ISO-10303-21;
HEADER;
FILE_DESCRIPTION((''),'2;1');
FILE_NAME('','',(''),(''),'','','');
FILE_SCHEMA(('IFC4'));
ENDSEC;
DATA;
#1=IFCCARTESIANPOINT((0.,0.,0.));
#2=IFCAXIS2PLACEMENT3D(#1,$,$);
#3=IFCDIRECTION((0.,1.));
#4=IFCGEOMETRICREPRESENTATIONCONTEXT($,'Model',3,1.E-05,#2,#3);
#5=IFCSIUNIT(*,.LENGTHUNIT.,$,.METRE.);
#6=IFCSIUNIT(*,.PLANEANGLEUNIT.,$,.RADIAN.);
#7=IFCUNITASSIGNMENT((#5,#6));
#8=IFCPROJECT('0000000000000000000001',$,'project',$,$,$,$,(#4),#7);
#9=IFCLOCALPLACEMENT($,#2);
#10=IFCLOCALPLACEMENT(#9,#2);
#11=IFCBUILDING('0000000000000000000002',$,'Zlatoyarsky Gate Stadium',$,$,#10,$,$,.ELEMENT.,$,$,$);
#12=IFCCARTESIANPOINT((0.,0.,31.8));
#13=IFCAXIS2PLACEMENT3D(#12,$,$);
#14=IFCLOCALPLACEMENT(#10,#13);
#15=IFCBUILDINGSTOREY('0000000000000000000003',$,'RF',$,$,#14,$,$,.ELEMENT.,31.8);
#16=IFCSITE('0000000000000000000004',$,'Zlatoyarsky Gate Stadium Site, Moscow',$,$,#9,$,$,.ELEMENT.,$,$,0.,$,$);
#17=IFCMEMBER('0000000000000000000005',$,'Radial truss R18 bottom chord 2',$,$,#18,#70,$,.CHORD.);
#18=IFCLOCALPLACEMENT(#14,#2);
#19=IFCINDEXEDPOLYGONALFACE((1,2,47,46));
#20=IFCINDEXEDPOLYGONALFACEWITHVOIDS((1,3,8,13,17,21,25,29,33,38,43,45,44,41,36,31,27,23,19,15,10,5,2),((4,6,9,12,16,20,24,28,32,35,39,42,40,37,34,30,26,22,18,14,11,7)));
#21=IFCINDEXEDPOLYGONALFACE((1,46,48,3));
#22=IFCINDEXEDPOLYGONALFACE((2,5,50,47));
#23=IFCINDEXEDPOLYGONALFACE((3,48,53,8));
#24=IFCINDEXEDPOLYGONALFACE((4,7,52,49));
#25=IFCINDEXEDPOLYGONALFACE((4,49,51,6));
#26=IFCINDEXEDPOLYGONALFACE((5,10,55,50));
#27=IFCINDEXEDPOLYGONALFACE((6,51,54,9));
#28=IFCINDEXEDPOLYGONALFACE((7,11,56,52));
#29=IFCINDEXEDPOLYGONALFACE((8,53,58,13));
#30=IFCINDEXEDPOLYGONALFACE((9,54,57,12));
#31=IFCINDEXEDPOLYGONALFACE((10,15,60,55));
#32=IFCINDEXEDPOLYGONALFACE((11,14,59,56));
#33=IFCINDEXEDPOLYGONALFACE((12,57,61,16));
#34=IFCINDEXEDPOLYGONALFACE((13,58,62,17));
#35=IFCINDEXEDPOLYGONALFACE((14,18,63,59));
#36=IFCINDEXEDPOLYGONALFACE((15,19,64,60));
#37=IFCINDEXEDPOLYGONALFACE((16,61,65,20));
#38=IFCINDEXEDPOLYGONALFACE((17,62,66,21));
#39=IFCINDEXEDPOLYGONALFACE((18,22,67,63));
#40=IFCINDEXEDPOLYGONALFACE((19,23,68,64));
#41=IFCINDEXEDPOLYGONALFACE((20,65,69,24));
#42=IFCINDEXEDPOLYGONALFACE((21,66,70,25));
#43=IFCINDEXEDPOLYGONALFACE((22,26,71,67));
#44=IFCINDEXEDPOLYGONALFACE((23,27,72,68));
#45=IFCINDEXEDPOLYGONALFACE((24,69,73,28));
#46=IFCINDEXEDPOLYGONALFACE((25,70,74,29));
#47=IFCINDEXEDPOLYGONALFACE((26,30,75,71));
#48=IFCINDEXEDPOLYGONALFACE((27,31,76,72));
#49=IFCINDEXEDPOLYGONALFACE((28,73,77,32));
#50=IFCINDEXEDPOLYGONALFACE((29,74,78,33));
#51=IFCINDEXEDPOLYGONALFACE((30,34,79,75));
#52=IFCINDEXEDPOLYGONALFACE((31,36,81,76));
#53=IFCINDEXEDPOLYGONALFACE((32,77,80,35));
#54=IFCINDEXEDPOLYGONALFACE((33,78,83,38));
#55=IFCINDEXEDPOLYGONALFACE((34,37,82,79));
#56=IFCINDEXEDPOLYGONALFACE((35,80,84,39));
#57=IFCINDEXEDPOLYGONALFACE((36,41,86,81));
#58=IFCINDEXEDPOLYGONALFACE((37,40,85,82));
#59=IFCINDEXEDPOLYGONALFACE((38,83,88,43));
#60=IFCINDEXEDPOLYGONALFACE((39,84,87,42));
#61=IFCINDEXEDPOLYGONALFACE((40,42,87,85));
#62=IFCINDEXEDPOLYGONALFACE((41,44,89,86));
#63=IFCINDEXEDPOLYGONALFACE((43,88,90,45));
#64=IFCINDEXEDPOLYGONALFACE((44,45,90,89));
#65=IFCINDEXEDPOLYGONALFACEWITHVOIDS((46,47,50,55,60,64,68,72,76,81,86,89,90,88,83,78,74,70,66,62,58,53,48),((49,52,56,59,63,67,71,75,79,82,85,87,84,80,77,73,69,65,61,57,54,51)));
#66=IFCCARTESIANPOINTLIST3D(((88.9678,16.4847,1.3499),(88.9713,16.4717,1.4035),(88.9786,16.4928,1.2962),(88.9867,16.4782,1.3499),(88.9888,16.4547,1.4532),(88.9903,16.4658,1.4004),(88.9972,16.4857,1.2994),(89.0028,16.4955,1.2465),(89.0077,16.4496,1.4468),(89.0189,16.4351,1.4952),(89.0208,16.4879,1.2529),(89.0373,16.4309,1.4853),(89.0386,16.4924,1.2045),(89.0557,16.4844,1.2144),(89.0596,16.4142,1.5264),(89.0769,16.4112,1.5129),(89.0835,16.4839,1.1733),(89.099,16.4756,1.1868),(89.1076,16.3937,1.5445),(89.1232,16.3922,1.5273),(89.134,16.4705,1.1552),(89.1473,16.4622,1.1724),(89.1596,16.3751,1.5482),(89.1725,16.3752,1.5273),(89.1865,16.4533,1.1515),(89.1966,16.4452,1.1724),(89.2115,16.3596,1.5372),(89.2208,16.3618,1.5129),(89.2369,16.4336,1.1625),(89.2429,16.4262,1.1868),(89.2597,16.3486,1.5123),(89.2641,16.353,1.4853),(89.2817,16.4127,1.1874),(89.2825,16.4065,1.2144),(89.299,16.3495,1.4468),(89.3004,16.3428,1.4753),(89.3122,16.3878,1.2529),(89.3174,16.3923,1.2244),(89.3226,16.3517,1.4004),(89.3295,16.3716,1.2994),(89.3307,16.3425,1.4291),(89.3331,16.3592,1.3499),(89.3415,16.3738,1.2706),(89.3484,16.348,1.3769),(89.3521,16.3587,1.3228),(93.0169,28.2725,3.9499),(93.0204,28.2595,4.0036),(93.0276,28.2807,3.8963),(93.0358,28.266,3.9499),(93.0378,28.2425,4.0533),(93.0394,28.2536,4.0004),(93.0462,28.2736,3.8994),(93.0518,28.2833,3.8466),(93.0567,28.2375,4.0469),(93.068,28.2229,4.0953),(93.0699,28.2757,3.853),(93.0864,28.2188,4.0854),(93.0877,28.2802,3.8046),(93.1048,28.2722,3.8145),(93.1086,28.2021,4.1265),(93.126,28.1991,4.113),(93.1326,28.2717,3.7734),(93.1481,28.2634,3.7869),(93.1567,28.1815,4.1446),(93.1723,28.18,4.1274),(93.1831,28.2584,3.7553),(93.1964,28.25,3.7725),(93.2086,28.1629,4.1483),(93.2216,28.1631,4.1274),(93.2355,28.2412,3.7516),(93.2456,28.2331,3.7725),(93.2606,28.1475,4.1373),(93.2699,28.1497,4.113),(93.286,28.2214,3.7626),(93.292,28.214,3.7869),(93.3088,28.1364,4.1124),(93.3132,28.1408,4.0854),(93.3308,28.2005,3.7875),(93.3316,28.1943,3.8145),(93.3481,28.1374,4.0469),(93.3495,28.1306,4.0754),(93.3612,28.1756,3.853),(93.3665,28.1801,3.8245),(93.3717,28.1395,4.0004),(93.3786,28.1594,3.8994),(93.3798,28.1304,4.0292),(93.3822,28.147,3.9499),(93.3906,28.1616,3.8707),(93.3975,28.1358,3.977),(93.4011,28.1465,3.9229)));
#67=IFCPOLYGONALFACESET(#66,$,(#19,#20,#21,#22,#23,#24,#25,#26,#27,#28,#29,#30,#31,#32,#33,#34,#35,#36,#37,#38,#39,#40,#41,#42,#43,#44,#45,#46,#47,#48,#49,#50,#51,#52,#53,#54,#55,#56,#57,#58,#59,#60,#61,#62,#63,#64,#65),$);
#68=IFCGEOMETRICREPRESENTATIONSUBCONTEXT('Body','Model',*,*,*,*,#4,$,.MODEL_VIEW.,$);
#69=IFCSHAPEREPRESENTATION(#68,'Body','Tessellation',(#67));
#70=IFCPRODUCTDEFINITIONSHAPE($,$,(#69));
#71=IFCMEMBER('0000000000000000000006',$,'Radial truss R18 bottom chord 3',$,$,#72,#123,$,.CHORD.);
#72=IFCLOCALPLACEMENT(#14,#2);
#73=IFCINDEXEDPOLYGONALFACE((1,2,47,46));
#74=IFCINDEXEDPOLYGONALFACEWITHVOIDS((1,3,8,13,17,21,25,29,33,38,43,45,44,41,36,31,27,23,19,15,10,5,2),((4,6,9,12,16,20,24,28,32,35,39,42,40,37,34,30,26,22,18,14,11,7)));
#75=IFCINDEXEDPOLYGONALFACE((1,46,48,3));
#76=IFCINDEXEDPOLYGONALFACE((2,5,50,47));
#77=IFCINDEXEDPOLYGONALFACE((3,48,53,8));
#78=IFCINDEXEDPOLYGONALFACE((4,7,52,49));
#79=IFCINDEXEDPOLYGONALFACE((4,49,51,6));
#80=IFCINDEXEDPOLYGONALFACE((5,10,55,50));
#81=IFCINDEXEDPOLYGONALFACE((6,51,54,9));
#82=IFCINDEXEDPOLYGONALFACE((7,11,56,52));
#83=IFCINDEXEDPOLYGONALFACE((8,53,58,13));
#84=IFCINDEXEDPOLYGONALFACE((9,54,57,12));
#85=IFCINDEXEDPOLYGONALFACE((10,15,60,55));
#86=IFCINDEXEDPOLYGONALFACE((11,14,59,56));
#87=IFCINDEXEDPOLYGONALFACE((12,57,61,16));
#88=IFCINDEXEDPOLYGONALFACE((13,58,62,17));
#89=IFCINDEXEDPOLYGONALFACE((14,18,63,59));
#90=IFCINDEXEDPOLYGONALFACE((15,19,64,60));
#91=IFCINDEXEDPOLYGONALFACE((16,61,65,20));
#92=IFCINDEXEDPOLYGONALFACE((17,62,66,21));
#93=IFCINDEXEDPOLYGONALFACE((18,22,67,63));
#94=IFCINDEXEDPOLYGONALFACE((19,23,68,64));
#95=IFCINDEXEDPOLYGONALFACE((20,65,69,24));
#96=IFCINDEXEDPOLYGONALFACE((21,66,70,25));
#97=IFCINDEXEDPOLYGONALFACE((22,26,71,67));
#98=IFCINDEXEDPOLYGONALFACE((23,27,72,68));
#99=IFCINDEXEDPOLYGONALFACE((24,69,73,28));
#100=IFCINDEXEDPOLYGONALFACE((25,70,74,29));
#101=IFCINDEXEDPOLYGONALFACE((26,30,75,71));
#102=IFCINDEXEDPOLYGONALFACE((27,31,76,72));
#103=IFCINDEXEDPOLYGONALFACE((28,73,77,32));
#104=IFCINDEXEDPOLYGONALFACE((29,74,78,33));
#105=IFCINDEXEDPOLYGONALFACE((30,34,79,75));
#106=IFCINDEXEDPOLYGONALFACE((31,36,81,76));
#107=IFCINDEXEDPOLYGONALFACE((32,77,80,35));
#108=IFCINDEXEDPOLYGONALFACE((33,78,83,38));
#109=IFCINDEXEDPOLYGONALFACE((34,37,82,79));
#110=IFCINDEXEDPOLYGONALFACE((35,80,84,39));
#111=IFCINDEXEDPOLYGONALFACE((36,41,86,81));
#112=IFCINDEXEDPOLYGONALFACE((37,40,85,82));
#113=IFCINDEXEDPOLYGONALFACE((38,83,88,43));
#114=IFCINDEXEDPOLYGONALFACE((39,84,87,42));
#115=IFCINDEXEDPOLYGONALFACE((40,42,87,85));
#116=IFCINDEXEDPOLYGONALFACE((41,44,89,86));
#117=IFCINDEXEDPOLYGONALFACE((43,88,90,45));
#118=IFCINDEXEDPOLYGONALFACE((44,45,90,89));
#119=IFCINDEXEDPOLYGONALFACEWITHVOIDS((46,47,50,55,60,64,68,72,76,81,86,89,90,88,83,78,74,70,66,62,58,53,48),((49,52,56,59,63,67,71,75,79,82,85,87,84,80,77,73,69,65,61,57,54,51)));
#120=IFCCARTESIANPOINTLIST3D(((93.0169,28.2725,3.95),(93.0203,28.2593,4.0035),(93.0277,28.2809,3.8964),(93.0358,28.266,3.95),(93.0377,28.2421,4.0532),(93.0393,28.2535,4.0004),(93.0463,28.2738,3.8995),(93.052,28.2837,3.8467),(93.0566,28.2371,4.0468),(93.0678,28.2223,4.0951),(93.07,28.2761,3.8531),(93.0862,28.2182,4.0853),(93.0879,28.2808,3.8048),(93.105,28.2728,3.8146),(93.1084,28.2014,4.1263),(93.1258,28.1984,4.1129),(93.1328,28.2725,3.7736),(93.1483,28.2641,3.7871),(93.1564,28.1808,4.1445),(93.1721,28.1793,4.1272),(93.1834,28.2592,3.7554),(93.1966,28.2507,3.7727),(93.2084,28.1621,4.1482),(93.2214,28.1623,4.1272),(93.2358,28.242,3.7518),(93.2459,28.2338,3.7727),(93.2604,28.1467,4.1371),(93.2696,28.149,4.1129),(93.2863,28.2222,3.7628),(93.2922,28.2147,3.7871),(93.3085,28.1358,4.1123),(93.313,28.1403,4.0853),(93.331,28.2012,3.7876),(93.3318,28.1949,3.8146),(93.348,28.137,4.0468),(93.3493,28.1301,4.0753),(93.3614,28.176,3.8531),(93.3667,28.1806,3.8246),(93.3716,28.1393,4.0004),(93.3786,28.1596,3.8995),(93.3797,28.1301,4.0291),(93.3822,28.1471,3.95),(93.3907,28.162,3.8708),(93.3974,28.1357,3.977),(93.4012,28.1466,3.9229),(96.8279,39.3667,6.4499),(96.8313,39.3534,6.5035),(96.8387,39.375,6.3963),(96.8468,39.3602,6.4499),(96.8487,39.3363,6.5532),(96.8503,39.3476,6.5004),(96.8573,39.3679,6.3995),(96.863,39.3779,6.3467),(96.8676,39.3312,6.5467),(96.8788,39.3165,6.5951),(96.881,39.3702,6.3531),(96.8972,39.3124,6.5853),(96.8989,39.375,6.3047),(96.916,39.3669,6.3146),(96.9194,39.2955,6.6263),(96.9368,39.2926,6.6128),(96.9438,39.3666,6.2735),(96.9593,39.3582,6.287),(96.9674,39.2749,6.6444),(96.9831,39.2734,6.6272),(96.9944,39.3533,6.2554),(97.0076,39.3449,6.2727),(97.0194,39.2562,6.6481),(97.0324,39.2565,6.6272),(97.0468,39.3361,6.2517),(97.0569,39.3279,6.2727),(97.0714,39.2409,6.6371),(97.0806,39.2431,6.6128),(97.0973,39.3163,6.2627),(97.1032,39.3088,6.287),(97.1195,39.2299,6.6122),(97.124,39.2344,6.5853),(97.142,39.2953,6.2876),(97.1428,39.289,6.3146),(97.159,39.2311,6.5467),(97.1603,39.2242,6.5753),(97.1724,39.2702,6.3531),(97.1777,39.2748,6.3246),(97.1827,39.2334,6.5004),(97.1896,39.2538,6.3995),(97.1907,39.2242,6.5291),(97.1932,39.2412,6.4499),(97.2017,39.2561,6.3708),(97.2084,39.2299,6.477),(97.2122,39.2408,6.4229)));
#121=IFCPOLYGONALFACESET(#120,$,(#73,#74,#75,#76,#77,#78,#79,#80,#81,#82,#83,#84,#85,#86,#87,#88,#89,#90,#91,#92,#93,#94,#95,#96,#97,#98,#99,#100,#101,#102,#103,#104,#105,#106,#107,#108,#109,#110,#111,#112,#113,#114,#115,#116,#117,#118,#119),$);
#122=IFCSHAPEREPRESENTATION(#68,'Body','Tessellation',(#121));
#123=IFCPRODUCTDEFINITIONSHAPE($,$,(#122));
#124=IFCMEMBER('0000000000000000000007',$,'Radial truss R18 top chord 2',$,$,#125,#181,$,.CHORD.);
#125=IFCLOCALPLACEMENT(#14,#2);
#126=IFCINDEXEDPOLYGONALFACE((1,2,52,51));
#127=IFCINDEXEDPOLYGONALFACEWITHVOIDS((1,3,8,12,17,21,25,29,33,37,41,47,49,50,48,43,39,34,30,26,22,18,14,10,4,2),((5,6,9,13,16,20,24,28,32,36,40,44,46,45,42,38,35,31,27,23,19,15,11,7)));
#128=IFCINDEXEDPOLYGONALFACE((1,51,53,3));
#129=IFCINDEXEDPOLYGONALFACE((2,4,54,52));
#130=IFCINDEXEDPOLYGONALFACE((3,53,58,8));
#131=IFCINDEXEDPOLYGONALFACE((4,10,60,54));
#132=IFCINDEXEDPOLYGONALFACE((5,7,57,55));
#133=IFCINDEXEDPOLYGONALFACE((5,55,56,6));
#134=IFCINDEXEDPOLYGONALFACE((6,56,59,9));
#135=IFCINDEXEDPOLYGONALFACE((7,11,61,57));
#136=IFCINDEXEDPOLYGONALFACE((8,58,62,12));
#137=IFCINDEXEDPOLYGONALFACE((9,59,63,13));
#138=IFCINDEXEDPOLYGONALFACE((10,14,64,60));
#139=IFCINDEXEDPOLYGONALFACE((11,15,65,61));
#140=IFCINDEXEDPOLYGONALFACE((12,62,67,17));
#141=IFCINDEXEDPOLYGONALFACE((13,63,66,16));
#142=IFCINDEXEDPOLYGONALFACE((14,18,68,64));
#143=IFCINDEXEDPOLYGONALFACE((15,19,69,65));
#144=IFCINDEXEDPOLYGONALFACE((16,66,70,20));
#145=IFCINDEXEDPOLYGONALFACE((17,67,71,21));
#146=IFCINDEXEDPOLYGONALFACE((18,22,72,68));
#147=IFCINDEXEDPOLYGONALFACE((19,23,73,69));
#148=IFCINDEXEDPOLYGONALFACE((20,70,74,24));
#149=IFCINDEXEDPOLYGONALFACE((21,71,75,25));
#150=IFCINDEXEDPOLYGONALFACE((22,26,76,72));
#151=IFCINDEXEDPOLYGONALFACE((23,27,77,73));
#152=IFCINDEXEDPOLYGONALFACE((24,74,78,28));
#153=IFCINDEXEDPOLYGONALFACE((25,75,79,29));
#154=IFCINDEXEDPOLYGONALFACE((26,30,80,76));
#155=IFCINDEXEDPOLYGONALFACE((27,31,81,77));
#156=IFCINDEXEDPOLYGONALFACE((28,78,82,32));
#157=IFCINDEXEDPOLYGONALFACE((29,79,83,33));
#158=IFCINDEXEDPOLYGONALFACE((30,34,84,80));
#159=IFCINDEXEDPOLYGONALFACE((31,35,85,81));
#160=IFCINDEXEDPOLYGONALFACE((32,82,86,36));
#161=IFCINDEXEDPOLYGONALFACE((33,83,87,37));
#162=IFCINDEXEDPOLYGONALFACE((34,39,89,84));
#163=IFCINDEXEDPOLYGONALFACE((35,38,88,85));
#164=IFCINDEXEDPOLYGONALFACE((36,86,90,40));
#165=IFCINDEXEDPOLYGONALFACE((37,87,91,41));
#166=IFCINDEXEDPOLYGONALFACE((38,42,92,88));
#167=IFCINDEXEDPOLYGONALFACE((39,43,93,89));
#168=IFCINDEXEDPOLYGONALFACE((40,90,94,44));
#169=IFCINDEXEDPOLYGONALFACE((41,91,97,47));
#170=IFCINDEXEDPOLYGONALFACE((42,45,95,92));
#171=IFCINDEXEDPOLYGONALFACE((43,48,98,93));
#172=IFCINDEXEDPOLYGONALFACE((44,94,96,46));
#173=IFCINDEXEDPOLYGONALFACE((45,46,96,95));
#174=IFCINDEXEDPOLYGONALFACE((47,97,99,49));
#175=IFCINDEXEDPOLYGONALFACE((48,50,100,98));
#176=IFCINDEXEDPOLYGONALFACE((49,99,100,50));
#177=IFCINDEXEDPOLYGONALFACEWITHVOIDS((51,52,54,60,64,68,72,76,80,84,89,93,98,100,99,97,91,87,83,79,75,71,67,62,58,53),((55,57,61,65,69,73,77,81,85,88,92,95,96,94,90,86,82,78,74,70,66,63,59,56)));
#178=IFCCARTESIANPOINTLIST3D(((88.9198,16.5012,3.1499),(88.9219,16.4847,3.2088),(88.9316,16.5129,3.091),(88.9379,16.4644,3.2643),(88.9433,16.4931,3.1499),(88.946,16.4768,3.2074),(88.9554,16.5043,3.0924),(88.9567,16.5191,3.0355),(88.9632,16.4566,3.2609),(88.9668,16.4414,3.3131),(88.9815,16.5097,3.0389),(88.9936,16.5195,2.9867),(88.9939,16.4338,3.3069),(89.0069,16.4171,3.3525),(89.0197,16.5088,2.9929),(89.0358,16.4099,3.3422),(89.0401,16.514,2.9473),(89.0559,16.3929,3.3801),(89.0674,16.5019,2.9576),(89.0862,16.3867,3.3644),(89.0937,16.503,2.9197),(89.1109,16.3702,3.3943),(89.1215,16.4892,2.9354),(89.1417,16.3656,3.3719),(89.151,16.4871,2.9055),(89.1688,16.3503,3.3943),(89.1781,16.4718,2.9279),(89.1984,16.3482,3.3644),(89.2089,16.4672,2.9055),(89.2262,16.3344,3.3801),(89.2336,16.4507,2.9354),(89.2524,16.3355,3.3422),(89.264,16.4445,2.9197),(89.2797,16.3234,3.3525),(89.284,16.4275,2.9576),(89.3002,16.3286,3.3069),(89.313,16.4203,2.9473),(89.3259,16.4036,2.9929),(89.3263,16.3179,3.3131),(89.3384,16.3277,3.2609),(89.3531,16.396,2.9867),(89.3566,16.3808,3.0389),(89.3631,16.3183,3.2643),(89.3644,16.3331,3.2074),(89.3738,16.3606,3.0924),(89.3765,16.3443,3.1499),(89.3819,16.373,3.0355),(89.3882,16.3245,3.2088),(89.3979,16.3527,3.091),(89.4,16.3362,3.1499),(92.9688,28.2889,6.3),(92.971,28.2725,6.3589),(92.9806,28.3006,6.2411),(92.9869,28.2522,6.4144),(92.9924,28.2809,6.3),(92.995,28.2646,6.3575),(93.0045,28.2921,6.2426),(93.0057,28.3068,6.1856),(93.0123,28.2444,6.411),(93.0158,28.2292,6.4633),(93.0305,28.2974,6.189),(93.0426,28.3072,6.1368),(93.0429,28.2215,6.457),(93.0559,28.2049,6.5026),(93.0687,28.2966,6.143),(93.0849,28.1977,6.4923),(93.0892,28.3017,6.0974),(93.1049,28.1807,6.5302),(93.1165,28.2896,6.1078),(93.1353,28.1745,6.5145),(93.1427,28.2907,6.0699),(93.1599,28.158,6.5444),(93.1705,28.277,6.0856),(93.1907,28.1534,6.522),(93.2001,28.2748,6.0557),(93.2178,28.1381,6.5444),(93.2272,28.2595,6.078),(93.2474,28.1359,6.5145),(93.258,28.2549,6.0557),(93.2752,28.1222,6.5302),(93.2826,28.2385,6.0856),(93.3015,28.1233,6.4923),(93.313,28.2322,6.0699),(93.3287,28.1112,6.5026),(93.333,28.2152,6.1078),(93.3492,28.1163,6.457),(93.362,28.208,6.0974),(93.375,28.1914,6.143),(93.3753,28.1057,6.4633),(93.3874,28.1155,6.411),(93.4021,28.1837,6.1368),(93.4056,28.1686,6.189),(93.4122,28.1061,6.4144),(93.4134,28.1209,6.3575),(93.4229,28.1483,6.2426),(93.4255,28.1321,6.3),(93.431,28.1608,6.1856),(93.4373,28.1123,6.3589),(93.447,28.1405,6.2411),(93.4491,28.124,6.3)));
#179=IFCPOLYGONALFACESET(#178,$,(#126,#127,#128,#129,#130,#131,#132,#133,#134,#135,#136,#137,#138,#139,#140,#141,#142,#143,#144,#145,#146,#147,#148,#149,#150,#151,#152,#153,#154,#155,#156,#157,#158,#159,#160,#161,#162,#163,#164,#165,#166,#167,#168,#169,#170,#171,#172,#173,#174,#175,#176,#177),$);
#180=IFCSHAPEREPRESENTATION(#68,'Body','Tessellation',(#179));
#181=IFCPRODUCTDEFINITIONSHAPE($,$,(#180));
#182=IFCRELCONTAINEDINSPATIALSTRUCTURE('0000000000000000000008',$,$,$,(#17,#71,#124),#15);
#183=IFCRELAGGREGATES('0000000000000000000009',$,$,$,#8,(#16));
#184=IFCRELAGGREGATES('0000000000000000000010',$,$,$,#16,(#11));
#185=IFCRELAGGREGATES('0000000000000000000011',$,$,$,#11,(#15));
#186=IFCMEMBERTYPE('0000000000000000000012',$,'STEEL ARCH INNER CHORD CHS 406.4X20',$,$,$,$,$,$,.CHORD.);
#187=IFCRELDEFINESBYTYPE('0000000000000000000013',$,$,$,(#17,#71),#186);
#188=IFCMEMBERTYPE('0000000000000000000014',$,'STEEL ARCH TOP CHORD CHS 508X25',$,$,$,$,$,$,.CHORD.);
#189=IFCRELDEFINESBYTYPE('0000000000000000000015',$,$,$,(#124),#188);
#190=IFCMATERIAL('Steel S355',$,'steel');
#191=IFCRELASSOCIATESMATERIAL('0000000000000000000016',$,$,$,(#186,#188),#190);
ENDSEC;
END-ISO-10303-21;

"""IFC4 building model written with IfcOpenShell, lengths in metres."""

from ifc_helpers import new_model, si_unit, direction, frame, origin, origin_2d, place, context, subcontext, project, spatial, hollow_circle, extrude, material, material_profile, profile_set, type_object, element, save


model = new_model("IFC4")

# Units and contexts
model_context = context("Model", 3, precision=1e-05, world=origin(), true_north=direction((0.0, 1.0)))
body_context = subcontext(model_context, "Body", "Model", "MODEL_VIEW")
ifc_project = project(units=[si_unit("LENGTHUNIT", "METRE"), si_unit("PLANEANGLEUNIT", "RADIAN")], contexts=[model_context])

# Site, building, storey
site_placement = place(None, origin())
site = spatial("IfcSite", under=ifc_project, at=site_placement, Name="Zlatoyarsky Gate Stadium Site, Moscow", CompositionType="ELEMENT", RefElevation=0.0)
building_placement = place(site_placement, origin())
building = spatial("IfcBuilding", under=site, at=building_placement, Name="Zlatoyarsky Gate Stadium", CompositionType="ELEMENT")
storey_placement = place(building_placement, frame((0.0, 0.0, 31.8)))
storey = spatial("IfcBuildingStorey", under=building, at=storey_placement, Name="RF", CompositionType="ELEMENT", Elevation=31.8)

# Members
ifc_material_1 = material(Name="Steel S355", Category="steel")
ifc_material_profile_1 = material_profile(ifc_material_1, hollow_circle(Radius=0.2031, WallThickness=0.02, at=origin_2d()), Name="CHS 406.4X20")
ifc_profile_set_1 = profile_set([ifc_material_profile_1], Name="Steel S355")
member_type_1 = type_object("IfcMemberType", Name="STEEL ARCH INNER CHORD CHS 406.4X20", PredefinedType="CHORD", material=ifc_profile_set_1)
member_1_placement = place(storey_placement, frame((89.1599, 16.4187, 1.3499), z_axis=(0.318018, 0.92583, 0.204214), x_axis=(-0.945761, 0.324865, 0.0)))
element("IfcMember", 1, at=member_1_placement, inside=storey, type_object=member_type_1, Name="Radial truss R18 bottom chord 2", PredefinedType="CHORD", context=body_context, shape_type="SweptSolid", body=[
    extrude(hollow_circle(Radius=0.2031, WallThickness=0.02, at=origin_2d()), origin(), (0.0, 0.0, 1.0), 12.7322),
])
member_2_placement = place(storey_placement, frame((93.209, 28.2065, 3.95), z_axis=(0.317745, 0.924982, 0.208437), x_axis=(-0.945755, 0.324881, 0.0)))
element("IfcMember", 2, at=member_2_placement, inside=storey, type_object=member_type_1, Name="Radial truss R18 bottom chord 3", PredefinedType="CHORD", context=body_context, shape_type="SweptSolid", body=[
    extrude(hollow_circle(Radius=0.2031, WallThickness=0.02, at=origin_2d()), origin(), (0.0, 0.0, 1.0), 11.9939),
])
ifc_material_profile_2 = material_profile(ifc_material_1, hollow_circle(Radius=0.2539, WallThickness=0.0249, at=origin_2d()), Name="CHS 508X25")
ifc_profile_set_2 = profile_set([ifc_material_profile_2], Name="Steel S355")
member_type_2 = type_object("IfcMemberType", Name="STEEL ARCH TOP CHORD CHS 508X25", PredefinedType="CHORD", material=ifc_profile_set_2)
member_3_placement = place(storey_placement, frame((89.1599, 16.4187, 3.1499), z_axis=(0.314961, 0.916928, 0.245037), x_axis=(-0.945761, 0.324865, 0.0)))
element("IfcMember", 3, at=member_3_placement, inside=storey, type_object=member_type_2, Name="Radial truss R18 top chord 2", PredefinedType="CHORD", context=body_context, shape_type="SweptSolid", body=[
    extrude(hollow_circle(Radius=0.2539, WallThickness=0.0249, at=origin_2d()), origin(), (0.0, 0.0, 1.0), 12.8557),
])

save(model, "model.ifc")
